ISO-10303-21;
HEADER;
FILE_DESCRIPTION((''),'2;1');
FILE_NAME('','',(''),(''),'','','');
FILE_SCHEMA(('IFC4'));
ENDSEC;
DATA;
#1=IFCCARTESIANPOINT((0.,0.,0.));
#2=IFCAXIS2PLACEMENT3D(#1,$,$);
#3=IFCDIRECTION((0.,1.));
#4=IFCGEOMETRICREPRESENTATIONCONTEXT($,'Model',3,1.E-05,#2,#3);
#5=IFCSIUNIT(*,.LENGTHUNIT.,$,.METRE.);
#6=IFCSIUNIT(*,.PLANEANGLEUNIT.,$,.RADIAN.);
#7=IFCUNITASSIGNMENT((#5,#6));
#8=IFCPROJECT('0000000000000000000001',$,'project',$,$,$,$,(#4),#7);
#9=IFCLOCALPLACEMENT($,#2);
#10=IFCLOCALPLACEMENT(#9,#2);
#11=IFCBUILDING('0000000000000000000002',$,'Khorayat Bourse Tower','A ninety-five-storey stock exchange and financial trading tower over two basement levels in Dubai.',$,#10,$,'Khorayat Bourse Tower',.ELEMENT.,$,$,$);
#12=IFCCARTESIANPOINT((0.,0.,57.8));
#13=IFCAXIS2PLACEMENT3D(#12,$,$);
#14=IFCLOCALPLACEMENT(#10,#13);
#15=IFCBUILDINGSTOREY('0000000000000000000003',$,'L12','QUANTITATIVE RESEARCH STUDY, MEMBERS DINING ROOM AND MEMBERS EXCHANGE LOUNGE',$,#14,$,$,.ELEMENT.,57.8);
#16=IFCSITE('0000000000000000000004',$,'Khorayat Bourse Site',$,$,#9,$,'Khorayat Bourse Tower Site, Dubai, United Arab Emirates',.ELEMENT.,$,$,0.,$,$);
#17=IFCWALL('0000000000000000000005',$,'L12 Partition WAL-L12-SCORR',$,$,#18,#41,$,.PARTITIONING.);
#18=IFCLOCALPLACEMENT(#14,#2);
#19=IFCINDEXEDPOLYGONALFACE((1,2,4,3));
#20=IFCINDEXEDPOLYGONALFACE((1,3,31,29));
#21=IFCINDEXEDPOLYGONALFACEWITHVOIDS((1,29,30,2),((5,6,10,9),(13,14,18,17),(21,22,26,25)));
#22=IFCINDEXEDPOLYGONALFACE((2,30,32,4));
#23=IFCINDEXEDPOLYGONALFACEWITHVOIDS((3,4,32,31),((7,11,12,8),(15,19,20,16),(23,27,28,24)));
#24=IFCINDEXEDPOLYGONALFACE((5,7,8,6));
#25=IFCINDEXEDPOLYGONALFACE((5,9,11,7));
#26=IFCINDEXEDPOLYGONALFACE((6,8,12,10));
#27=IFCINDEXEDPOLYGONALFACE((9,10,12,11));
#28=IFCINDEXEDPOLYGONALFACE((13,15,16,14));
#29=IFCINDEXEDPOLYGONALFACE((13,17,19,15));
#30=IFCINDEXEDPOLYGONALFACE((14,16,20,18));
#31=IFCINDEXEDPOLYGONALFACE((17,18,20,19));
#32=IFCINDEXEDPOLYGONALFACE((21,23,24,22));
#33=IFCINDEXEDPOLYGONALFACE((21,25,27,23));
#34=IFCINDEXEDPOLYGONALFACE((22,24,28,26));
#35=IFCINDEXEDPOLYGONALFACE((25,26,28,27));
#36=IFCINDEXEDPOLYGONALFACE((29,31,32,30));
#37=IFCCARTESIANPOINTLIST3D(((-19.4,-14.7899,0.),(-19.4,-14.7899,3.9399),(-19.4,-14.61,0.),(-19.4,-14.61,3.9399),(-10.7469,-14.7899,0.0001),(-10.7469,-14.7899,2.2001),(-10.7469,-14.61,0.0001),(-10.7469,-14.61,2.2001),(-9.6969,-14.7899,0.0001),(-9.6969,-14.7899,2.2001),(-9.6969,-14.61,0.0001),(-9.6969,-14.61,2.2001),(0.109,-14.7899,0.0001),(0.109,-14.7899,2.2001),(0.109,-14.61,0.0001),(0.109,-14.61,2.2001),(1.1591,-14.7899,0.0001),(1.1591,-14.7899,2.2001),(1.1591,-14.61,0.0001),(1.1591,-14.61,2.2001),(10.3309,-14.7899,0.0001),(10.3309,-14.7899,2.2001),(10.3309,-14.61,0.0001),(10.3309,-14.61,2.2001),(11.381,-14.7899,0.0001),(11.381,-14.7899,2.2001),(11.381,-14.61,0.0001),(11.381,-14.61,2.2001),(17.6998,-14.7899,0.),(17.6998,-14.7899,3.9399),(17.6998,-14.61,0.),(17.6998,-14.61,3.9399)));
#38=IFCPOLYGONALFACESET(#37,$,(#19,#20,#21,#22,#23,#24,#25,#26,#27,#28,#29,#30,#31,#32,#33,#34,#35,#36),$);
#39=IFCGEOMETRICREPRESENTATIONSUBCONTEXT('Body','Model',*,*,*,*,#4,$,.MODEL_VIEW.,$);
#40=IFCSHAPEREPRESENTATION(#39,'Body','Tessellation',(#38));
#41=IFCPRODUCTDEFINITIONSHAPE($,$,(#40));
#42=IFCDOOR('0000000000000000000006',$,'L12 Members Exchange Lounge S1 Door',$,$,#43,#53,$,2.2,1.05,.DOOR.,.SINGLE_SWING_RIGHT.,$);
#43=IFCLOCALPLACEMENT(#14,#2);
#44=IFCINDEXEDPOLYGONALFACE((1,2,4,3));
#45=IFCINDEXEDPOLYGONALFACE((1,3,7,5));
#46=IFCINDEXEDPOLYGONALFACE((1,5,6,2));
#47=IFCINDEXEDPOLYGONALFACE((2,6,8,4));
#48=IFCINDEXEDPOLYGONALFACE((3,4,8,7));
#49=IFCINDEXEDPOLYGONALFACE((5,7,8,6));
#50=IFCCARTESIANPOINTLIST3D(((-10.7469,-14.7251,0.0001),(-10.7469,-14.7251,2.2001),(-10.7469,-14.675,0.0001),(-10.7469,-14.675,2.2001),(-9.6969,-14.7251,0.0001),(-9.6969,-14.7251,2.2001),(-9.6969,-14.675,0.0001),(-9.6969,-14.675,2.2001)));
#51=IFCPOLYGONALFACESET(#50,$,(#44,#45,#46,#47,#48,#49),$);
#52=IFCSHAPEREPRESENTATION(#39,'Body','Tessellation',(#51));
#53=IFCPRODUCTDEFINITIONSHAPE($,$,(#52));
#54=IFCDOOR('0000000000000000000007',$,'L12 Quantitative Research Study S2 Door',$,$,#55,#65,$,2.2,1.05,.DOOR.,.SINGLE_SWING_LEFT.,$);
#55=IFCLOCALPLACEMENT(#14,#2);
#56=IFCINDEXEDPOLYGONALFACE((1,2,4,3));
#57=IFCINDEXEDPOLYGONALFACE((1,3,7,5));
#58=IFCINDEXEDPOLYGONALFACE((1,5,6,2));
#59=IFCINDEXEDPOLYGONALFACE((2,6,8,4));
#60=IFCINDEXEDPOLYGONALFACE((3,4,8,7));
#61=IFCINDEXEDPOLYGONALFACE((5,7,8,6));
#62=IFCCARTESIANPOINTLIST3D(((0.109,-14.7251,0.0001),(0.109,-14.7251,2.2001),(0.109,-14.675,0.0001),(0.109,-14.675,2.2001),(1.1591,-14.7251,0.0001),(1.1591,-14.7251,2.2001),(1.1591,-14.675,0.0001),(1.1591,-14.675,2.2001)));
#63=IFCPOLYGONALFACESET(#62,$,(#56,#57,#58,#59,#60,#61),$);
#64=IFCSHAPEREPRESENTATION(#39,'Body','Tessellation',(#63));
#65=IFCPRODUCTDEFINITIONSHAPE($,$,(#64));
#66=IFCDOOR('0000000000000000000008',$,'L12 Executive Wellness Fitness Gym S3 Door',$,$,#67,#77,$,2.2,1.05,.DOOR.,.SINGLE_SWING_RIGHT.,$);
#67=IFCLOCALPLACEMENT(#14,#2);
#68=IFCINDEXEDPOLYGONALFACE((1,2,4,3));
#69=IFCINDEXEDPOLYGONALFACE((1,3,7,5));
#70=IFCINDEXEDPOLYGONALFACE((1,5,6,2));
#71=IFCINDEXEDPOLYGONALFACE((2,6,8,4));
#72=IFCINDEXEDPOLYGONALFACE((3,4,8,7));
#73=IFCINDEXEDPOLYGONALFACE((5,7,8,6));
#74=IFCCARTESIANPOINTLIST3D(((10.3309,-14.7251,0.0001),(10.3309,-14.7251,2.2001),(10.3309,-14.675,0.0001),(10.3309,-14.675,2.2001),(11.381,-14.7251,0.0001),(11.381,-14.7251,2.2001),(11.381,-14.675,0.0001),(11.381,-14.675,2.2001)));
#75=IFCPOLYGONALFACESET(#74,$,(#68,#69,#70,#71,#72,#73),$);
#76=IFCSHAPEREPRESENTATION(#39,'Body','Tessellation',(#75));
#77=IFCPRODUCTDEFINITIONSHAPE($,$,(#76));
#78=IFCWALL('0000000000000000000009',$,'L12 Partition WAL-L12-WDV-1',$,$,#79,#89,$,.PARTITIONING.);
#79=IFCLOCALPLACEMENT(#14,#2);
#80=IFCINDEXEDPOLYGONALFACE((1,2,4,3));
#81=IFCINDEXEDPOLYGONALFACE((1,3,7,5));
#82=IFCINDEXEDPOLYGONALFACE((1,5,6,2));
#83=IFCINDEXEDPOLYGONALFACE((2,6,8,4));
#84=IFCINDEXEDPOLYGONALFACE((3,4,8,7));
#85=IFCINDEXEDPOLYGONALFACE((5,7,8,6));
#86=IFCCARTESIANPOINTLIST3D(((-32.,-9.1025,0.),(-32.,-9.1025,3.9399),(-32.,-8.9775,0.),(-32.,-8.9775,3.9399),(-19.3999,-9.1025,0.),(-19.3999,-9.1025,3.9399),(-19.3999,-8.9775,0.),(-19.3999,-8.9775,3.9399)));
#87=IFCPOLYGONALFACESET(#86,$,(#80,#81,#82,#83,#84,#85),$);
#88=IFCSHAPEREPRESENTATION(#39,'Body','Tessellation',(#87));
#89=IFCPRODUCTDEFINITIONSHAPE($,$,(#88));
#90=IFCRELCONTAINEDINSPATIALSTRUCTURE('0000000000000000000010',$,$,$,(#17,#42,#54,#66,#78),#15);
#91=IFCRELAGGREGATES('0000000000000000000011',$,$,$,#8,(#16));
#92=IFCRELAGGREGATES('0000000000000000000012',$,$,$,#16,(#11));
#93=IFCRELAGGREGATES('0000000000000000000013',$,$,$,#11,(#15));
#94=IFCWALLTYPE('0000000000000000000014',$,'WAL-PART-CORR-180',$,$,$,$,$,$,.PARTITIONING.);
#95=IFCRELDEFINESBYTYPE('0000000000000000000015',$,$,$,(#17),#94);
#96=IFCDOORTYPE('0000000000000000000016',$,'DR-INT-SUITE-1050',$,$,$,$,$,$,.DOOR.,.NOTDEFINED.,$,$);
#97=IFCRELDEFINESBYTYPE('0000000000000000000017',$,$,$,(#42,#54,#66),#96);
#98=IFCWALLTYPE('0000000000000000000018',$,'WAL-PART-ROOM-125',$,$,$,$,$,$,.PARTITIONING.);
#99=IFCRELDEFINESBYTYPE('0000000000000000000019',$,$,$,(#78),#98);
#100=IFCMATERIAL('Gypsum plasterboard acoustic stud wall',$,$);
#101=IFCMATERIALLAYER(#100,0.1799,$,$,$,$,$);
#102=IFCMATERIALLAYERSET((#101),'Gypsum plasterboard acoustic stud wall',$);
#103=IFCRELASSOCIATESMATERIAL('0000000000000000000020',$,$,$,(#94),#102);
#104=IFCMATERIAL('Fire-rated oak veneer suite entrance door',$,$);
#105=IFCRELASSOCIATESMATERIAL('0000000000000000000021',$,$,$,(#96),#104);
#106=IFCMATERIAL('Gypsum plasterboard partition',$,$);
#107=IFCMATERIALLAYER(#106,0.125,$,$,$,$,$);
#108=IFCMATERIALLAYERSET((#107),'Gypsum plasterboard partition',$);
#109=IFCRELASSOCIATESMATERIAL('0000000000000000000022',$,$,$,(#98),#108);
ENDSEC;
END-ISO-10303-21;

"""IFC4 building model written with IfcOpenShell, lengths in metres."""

from ifc_helpers import new_model, si_unit, direction, frame, frame_2d, origin, place, context, subcontext, project, spatial, rectangle, extrude, source, transform, mapped, material, layer, layer_set, type_object, element, fill, save


model = new_model("IFC4")

# Units and contexts
model_context = context("Model", 3, precision=1e-05, world=origin(), true_north=direction((0.0, 1.0)))
body_context = subcontext(model_context, "Body", "Model", "MODEL_VIEW")
ifc_project = project(units=[si_unit("LENGTHUNIT", "METRE"), si_unit("PLANEANGLEUNIT", "RADIAN")], contexts=[model_context])

# Site, building, storey
site_placement = place(None, origin())
site = spatial("IfcSite", under=ifc_project, at=site_placement, Name="Khorayat Bourse Site", LongName="Khorayat Bourse Tower Site, Dubai, United Arab Emirates", CompositionType="ELEMENT", RefElevation=0.0)
building_placement = place(site_placement, origin())
building = spatial("IfcBuilding", under=site, at=building_placement, Name="Khorayat Bourse Tower", Description="A ninety-five-storey stock exchange and financial trading tower over two basement levels in Dubai.", LongName="Khorayat Bourse Tower", CompositionType="ELEMENT")
storey_placement = place(building_placement, frame((0.0, 0.0, 57.8)))
storey = spatial("IfcBuildingStorey", under=building, at=storey_placement, Name="L12", Description="QUANTITATIVE RESEARCH STUDY, MEMBERS DINING ROOM AND MEMBERS EXCHANGE LOUNGE", CompositionType="ELEMENT", Elevation=57.8)

# Wall, openings, doors
ifc_material_1 = material(Name="Gypsum plasterboard acoustic stud wall")
ifc_layer_1 = layer(ifc_material_1, 0.1799)
ifc_layer_set_1 = layer_set([ifc_layer_1], Name="Gypsum plasterboard acoustic stud wall")
wall_type_1 = type_object("IfcWallType", Name="WAL-PART-CORR-180", PredefinedType="PARTITIONING", material=ifc_layer_set_1)
shared_shape_1 = source(origin(), body_context, "Body", "SweptSolid", [
    extrude(rectangle(XDim=37.0999, YDim=0.1799, at=frame_2d((18.5498, 0.0))), origin(), (0.0, 0.0, 1.0), 3.9399),
])
wall_1_placement = place(storey_placement, frame((-19.3999, -14.7, 0.0), z_axis=(0.0, 0.0, 1.0), x_axis=(1.0, 0.0, 0.0)))
wall_1 = element("IfcWall", 1, at=wall_1_placement, inside=storey, type_object=wall_type_1, Name="L12 Partition WAL-L12-SCORR", PredefinedType="PARTITIONING", context=body_context, shape_type="MappedRepresentation", body=[
    mapped(shared_shape_1, transform((0.0, 0.0, 0.0), scale=1.0)),
])
shared_shape_2 = source(origin(), body_context, "Body", "SweptSolid", [
    extrude(rectangle(XDim=1.05, YDim=2.2, at=frame_2d((0.5249, 1.1001))), frame((0.0, 0.0999, 0.0), z_axis=(0.0, -1.0, 0.0), x_axis=(1.0, 0.0, 0.0)), (0.0, 0.0, 1.0), 0.2),
])
opening_1_placement = place(wall_1_placement, frame((8.6531, 0.0, 0.0)))
opening_1 = element("IfcOpeningElement", 2, at=opening_1_placement, cuts=wall_1, PredefinedType="OPENING", context=body_context, shape_type="MappedRepresentation", body=[
    mapped(shared_shape_2, transform((0.0, 0.0, 0.0), scale=1.0)),
])
opening_2_placement = place(wall_1_placement, frame((19.509, 0.0, 0.0)))
opening_2 = element("IfcOpeningElement", 3, at=opening_2_placement, cuts=wall_1, PredefinedType="OPENING", context=body_context, shape_type="MappedRepresentation", body=[
    mapped(shared_shape_2, transform((0.0, 0.0, 0.0), scale=1.0)),
])
opening_3_placement = place(wall_1_placement, frame((29.731, 0.0, 0.0)))
opening_3 = element("IfcOpeningElement", 4, at=opening_3_placement, cuts=wall_1, PredefinedType="OPENING", context=body_context, shape_type="MappedRepresentation", body=[
    mapped(shared_shape_2, transform((0.0, 0.0, 0.0), scale=1.0)),
])
ifc_material_2 = material(Name="Fire-rated oak veneer suite entrance door")
door_type_1 = type_object("IfcDoorType", Name="DR-INT-SUITE-1050", OperationType="NOTDEFINED", PredefinedType="DOOR", material=ifc_material_2)
shared_shape_3 = source(origin(), body_context, "Body", "SweptSolid", [
    extrude(rectangle(XDim=1.05, YDim=2.2, at=frame_2d((0.5249, 1.1001))), frame((0.0, 0.0249, 0.0), z_axis=(0.0, -1.0, 0.0), x_axis=(1.0, 0.0, 0.0)), (0.0, 0.0, 1.0), 0.05),
])
door_1_placement = place(opening_1_placement, origin())
door_1 = element("IfcDoor", 5, at=door_1_placement, inside=storey, type_object=door_type_1, Name="L12 Members Exchange Lounge S1 Door", OperationType="SINGLE_SWING_RIGHT", OverallHeight=2.2, OverallWidth=1.05, PredefinedType="DOOR", context=body_context, shape_type="MappedRepresentation", body=[
    mapped(shared_shape_3, transform((0.0, 0.0, 0.0), scale=1.0)),
])
fill(opening_1, door_1)
door_2_placement = place(opening_2_placement, origin())
door_2 = element("IfcDoor", 6, at=door_2_placement, inside=storey, type_object=door_type_1, Name="L12 Quantitative Research Study S2 Door", OperationType="SINGLE_SWING_LEFT", OverallHeight=2.2, OverallWidth=1.05, PredefinedType="DOOR", context=body_context, shape_type="MappedRepresentation", body=[
    mapped(shared_shape_3, transform((0.0, 0.0, 0.0), scale=1.0)),
])
fill(opening_2, door_2)
door_3_placement = place(opening_3_placement, origin())
door_3 = element("IfcDoor", 7, at=door_3_placement, inside=storey, type_object=door_type_1, Name="L12 Executive Wellness Fitness Gym S3 Door", OperationType="SINGLE_SWING_RIGHT", OverallHeight=2.2, OverallWidth=1.05, PredefinedType="DOOR", context=body_context, shape_type="MappedRepresentation", body=[
    mapped(shared_shape_3, transform((0.0, 0.0, 0.0), scale=1.0)),
])
fill(opening_3, door_3)

# Wall
ifc_material_3 = material(Name="Gypsum plasterboard partition")
ifc_layer_2 = layer(ifc_material_3, 0.125)
ifc_layer_set_2 = layer_set([ifc_layer_2], Name="Gypsum plasterboard partition")
wall_type_2 = type_object("IfcWallType", Name="WAL-PART-ROOM-125", PredefinedType="PARTITIONING", material=ifc_layer_set_2)
shared_shape_4 = source(origin(), body_context, "Body", "SweptSolid", [
    extrude(rectangle(XDim=12.6001, YDim=0.125, at=frame_2d((6.3, 0.0))), origin(), (0.0, 0.0, 1.0), 3.9399),
])
wall_2_placement = place(storey_placement, frame((-32.0, -9.04, 0.0), z_axis=(0.0, 0.0, 1.0), x_axis=(1.0, 0.0, 0.0)))
element("IfcWall", 8, at=wall_2_placement, inside=storey, type_object=wall_type_2, Name="L12 Partition WAL-L12-WDV-1", PredefinedType="PARTITIONING", context=body_context, shape_type="MappedRepresentation", body=[
    mapped(shared_shape_4, transform((0.0, 0.0, 0.0), scale=1.0)),
])

save(model, "model.ifc")
